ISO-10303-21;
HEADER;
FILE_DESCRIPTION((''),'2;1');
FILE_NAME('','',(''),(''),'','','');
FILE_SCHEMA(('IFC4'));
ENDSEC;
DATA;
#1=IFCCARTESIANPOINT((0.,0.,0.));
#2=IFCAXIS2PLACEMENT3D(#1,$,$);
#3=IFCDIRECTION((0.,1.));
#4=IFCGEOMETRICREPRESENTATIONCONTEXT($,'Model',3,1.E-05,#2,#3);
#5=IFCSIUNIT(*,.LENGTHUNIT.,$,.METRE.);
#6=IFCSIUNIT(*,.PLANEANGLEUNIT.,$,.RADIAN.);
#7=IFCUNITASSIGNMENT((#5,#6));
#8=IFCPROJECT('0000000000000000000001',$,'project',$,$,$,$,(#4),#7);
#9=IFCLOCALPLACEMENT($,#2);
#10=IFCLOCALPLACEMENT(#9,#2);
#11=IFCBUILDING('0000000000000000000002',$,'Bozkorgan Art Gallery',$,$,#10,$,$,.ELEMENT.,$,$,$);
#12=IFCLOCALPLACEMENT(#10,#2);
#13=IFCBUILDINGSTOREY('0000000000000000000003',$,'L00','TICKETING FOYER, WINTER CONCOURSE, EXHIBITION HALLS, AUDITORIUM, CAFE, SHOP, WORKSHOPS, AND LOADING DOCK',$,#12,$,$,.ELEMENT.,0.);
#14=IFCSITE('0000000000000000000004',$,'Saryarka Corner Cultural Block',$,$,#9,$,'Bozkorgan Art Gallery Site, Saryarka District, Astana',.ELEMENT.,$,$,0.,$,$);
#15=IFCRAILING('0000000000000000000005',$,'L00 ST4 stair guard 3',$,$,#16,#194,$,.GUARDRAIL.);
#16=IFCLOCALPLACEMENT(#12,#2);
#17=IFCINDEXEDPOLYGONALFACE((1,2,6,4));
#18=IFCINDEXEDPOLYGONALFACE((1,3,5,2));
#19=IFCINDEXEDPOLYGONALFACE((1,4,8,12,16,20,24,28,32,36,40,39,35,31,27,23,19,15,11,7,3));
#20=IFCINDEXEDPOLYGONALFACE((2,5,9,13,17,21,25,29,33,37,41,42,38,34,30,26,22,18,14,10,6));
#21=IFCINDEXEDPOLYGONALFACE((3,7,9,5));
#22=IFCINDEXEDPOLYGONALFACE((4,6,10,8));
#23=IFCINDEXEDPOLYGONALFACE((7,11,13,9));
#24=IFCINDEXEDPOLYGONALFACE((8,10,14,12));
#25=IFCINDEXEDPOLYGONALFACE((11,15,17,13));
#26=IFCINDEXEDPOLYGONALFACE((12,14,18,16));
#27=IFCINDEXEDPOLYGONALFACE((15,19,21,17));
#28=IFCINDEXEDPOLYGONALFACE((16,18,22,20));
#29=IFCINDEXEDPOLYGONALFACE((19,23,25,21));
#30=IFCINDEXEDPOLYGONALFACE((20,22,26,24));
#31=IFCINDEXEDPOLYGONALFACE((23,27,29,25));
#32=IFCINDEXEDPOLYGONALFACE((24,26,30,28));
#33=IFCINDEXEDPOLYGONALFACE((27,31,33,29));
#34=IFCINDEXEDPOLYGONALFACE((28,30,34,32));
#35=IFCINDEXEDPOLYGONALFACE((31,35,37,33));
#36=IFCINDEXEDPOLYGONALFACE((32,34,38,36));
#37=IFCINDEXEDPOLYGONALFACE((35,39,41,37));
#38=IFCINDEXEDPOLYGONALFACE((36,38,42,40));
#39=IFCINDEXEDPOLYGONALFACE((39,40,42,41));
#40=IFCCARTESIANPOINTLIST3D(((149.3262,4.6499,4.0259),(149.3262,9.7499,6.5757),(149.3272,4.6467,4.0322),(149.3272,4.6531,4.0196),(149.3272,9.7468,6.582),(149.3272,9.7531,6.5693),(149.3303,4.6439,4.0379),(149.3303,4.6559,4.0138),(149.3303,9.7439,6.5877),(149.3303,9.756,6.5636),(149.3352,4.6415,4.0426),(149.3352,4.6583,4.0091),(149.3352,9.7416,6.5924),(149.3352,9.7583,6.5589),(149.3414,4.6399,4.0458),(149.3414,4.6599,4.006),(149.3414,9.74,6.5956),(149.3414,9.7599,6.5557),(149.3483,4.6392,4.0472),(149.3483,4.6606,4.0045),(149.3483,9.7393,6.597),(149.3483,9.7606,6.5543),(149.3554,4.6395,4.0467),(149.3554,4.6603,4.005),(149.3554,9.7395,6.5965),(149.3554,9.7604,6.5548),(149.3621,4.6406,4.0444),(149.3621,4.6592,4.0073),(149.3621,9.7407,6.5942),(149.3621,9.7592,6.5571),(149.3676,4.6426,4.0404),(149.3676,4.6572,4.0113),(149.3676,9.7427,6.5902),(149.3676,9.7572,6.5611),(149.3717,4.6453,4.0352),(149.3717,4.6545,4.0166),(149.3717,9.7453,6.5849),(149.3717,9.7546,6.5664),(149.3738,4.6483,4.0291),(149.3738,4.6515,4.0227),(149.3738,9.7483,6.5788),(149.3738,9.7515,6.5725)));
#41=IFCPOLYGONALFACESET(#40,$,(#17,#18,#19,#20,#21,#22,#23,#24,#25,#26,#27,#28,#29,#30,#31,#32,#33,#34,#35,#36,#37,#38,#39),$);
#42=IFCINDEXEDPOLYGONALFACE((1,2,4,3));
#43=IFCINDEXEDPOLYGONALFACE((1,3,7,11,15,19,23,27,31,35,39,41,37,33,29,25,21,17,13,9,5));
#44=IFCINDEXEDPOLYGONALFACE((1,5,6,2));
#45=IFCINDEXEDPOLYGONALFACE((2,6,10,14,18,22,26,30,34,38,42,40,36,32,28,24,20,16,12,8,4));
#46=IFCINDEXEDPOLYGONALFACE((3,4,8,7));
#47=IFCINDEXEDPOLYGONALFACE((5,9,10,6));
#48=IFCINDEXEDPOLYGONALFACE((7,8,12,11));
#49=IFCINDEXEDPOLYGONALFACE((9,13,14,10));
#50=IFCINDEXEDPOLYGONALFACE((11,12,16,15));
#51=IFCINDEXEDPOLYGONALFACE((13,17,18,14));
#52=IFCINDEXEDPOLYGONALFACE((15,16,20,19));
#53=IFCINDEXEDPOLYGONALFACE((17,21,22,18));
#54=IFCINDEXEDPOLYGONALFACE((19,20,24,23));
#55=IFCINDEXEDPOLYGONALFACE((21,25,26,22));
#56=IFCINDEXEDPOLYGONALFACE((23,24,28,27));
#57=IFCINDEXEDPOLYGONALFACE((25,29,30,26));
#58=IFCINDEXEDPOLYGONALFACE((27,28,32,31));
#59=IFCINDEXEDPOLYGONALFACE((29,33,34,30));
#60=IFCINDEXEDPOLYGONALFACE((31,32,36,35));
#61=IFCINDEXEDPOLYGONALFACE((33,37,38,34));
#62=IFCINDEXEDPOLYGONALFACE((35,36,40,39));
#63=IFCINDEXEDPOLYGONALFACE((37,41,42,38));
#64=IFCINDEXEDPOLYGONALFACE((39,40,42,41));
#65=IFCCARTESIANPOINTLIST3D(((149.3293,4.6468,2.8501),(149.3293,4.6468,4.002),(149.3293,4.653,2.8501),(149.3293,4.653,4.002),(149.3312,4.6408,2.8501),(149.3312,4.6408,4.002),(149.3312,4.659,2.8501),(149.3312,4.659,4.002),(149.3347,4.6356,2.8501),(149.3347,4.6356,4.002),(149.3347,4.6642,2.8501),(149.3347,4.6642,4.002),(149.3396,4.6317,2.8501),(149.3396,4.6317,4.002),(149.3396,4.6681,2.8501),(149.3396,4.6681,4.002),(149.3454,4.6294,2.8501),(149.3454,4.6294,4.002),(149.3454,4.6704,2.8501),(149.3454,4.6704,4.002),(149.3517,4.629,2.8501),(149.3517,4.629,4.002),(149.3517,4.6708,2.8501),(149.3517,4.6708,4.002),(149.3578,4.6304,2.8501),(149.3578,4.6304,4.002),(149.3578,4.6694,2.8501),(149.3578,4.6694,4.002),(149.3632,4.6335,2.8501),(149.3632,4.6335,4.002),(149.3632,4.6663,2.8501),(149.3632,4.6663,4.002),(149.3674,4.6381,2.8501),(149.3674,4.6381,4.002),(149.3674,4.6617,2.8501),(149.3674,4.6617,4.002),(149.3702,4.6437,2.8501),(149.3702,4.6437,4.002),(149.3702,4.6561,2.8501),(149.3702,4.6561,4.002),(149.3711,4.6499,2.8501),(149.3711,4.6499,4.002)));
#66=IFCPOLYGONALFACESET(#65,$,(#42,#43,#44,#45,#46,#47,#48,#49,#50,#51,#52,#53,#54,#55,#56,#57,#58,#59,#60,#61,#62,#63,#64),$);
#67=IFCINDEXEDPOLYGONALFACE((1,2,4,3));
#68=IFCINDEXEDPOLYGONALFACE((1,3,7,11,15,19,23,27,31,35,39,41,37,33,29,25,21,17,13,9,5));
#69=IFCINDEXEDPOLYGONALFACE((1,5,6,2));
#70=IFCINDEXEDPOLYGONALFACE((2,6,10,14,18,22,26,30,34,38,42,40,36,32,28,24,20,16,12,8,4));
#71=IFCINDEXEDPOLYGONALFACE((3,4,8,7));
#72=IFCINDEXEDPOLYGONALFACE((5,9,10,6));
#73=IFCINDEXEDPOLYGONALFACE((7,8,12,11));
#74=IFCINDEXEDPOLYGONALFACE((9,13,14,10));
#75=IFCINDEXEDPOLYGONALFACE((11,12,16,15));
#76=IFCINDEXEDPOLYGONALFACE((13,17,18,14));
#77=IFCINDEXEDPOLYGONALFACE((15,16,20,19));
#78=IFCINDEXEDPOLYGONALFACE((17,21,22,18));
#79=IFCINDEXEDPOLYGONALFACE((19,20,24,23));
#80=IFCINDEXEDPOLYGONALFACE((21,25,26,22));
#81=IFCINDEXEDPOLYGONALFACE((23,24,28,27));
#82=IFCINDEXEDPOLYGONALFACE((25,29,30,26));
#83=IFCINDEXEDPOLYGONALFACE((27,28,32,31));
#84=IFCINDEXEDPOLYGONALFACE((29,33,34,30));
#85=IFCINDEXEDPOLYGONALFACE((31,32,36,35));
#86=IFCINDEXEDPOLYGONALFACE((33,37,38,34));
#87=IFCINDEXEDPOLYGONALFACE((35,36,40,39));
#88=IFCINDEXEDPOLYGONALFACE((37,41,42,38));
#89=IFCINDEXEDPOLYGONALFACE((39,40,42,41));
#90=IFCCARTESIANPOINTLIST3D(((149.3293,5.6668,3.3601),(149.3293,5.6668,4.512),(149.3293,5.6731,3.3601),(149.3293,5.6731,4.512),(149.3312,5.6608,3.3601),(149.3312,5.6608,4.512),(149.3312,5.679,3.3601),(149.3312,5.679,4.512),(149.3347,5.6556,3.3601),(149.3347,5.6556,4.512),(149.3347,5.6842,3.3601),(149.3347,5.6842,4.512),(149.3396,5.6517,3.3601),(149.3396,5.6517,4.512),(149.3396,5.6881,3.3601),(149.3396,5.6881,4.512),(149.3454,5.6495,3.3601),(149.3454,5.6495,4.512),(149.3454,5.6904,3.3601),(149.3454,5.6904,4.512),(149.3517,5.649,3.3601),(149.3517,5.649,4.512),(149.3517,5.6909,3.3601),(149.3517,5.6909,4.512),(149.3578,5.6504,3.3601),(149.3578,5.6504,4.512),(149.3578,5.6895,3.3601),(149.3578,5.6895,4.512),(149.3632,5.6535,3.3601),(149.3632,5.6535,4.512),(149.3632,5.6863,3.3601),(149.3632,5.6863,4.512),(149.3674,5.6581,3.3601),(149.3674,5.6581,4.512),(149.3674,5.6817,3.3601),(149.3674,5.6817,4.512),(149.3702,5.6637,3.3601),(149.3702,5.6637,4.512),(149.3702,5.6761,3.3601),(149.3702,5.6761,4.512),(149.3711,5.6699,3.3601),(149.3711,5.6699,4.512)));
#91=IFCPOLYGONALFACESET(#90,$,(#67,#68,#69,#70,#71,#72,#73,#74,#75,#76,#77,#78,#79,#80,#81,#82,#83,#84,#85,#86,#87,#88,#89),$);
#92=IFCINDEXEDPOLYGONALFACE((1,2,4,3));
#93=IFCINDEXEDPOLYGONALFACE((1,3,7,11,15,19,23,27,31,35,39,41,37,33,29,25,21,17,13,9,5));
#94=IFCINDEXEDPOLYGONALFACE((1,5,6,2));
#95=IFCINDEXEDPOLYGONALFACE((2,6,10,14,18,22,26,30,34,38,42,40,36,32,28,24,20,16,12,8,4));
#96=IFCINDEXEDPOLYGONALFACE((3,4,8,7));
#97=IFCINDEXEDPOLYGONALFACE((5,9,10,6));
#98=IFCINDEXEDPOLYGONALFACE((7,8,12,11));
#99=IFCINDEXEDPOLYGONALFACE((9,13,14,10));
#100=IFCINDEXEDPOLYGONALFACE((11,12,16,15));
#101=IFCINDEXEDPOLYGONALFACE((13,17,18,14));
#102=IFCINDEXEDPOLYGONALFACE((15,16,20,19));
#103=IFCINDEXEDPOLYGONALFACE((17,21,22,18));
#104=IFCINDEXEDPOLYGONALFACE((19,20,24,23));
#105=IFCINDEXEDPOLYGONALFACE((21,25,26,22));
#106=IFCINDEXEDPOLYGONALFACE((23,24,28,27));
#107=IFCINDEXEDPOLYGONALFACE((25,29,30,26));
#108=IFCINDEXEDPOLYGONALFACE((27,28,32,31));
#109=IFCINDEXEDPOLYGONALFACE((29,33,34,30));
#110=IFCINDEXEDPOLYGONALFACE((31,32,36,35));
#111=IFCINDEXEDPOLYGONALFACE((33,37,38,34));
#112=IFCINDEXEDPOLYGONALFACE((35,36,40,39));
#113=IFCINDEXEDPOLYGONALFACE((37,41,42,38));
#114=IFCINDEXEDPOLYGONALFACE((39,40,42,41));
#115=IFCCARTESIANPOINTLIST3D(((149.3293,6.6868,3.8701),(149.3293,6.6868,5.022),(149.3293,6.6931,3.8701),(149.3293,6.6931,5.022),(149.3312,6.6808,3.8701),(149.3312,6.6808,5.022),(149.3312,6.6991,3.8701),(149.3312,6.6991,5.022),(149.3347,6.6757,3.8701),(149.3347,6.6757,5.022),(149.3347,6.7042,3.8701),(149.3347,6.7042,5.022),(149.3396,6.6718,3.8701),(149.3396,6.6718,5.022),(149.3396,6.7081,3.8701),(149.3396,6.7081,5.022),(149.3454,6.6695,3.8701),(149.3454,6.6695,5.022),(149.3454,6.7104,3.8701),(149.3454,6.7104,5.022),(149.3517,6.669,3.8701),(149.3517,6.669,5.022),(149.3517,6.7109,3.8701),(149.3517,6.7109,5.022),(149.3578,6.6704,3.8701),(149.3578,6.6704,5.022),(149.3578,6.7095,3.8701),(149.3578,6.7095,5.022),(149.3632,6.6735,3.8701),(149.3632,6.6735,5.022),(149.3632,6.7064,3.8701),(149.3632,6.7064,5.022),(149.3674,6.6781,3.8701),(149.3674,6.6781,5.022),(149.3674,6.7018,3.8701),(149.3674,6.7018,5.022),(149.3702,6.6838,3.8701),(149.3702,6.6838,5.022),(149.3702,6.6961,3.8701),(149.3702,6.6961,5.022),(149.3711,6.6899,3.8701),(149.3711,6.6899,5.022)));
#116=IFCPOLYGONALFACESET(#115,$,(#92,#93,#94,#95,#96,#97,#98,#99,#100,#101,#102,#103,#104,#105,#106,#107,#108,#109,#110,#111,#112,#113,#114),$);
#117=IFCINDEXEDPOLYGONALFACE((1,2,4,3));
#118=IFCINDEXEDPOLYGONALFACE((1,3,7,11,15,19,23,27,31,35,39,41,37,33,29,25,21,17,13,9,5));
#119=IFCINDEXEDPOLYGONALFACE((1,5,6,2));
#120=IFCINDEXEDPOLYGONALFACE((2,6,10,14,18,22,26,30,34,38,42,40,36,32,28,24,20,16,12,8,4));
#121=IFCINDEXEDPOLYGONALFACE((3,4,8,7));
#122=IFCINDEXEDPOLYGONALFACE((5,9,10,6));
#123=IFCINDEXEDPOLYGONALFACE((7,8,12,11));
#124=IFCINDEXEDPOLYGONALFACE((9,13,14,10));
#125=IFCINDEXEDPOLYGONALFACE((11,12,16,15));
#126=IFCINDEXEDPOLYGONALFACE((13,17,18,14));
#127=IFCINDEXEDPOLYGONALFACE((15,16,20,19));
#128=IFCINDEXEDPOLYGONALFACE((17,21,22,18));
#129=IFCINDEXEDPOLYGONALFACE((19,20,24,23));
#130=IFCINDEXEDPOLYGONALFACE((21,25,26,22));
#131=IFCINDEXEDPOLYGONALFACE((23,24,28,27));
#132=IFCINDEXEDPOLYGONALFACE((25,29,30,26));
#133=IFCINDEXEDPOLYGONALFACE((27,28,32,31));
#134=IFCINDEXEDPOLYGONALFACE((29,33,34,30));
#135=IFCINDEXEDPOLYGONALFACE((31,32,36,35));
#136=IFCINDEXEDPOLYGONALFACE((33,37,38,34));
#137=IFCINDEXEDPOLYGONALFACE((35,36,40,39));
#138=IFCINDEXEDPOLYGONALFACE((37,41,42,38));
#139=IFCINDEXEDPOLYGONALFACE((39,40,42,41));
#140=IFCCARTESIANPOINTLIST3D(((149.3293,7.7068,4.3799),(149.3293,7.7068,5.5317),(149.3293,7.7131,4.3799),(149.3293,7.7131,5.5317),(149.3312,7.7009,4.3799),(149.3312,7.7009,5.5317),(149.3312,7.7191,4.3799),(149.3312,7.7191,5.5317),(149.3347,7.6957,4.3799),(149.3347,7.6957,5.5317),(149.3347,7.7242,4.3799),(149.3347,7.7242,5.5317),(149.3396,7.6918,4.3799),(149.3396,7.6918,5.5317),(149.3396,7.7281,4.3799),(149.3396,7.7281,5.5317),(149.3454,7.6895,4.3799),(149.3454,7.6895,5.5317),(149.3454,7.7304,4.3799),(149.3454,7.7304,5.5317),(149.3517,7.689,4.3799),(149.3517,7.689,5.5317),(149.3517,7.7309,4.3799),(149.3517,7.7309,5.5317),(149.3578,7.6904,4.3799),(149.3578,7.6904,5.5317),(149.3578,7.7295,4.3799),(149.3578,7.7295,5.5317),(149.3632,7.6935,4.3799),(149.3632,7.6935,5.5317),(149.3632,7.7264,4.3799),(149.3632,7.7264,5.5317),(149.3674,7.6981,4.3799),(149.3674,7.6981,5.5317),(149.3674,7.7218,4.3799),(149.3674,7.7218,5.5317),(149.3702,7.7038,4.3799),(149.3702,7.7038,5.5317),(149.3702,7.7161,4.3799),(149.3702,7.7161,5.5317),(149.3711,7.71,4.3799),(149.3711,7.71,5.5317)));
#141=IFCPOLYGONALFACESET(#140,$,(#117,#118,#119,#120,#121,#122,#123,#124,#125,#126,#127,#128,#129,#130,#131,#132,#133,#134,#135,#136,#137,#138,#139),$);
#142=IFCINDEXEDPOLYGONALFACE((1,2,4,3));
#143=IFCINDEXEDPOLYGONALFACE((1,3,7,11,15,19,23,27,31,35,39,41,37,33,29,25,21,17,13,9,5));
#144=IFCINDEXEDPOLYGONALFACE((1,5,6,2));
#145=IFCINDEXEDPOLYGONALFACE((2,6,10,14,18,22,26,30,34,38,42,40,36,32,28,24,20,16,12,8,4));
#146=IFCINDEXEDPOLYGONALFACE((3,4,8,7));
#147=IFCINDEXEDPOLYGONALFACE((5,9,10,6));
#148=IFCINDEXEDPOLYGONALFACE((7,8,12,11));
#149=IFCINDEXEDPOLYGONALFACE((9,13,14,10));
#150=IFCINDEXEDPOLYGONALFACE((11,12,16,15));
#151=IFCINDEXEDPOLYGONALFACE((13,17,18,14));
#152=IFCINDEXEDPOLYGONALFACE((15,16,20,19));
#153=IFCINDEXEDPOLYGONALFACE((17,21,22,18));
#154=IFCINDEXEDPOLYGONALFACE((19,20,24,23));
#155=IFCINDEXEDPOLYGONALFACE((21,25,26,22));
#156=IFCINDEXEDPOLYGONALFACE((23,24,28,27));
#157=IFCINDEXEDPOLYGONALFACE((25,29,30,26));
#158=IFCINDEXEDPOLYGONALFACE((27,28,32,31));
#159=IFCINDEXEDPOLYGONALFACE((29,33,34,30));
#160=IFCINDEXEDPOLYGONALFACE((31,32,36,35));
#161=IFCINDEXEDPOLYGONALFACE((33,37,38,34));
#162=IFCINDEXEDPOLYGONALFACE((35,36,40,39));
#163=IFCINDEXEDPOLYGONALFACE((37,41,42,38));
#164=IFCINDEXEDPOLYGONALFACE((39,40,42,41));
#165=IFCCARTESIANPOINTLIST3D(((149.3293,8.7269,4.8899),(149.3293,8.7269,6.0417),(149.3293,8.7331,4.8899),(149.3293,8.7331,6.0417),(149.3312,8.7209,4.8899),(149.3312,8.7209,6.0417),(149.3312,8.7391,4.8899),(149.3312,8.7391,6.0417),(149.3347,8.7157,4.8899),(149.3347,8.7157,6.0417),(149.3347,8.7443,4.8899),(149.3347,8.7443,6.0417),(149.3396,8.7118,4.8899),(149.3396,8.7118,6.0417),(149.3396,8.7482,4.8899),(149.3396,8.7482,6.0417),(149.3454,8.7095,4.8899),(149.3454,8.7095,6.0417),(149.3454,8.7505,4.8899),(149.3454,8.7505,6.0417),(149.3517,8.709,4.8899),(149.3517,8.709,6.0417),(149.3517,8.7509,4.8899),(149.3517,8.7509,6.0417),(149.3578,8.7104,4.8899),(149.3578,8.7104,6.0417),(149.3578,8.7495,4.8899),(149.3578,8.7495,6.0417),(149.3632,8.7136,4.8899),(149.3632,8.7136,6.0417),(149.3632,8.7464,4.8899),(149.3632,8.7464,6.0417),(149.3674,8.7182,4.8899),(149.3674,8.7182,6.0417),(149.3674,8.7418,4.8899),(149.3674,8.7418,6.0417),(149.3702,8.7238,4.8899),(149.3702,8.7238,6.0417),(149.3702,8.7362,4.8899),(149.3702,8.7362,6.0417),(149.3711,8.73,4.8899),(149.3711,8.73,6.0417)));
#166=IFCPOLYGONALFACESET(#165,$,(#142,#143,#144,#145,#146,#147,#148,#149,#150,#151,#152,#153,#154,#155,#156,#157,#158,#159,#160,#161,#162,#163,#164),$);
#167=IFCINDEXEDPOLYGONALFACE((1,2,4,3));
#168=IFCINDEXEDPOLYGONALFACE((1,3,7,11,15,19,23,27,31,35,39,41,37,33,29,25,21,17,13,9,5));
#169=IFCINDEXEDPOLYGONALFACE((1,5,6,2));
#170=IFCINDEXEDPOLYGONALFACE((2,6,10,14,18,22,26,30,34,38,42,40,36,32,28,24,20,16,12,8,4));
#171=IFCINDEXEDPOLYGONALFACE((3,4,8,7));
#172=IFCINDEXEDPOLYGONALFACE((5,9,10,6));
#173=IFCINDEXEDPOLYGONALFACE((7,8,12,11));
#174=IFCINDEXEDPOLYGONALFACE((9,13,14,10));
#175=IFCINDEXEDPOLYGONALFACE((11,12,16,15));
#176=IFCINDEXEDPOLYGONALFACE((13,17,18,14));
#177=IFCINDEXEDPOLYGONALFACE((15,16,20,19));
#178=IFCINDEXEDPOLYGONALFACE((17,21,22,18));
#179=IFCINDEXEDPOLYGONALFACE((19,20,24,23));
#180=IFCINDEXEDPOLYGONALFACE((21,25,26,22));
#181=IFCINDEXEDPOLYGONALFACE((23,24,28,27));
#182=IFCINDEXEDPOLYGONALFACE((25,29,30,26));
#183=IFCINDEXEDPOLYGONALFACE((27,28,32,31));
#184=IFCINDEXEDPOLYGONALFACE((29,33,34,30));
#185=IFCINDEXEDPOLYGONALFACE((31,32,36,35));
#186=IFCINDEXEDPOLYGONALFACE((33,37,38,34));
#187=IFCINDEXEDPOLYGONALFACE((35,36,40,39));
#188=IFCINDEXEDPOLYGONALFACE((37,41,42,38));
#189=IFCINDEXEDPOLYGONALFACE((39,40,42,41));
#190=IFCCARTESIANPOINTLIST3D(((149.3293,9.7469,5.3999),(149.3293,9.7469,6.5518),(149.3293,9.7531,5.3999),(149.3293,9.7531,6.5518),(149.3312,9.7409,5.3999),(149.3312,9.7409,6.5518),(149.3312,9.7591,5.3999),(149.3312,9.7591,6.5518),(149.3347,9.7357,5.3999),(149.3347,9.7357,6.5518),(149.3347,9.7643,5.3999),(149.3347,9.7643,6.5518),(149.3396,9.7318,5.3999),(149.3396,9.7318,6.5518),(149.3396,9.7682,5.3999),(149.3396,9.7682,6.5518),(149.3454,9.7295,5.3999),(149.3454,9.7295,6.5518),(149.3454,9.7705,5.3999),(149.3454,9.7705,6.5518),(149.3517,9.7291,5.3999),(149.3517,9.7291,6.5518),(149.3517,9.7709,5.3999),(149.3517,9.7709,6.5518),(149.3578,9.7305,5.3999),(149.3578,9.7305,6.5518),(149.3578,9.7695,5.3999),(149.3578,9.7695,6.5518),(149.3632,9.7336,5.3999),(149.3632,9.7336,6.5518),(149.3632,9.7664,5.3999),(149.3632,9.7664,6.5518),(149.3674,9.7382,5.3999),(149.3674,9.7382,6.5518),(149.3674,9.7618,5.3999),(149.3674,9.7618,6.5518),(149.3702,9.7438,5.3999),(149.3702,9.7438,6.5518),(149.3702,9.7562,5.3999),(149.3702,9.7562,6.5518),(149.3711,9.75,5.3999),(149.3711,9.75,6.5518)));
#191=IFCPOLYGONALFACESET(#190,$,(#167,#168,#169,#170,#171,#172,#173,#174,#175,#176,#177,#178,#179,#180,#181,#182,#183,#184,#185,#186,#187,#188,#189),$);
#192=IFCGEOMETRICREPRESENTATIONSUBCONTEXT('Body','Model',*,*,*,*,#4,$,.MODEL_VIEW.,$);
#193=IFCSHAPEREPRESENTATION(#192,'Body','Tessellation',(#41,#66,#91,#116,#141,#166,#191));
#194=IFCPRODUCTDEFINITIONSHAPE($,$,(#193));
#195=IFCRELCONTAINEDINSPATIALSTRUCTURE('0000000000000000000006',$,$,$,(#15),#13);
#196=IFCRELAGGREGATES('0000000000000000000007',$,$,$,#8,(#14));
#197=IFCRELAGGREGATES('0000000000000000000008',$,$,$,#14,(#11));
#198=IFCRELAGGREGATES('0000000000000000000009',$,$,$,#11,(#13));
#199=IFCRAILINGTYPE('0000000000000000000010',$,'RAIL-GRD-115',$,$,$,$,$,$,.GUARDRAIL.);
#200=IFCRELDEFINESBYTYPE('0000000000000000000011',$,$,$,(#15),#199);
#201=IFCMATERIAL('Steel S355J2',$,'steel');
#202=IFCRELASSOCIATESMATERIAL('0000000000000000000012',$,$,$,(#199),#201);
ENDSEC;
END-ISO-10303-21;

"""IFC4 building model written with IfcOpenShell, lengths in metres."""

from ifc_helpers import new_model, si_unit, direction, frame, origin, origin_2d, place, context, subcontext, project, spatial, circle, extrude, material, type_object, element, save


model = new_model("IFC4")

# Units and contexts
model_context = context("Model", 3, precision=1e-05, world=origin(), true_north=direction((0.0, 1.0)))
body_context = subcontext(model_context, "Body", "Model", "MODEL_VIEW")
ifc_project = project(units=[si_unit("LENGTHUNIT", "METRE"), si_unit("PLANEANGLEUNIT", "RADIAN")], contexts=[model_context])

# Site, building, storey
site_placement = place(None, origin())
site = spatial("IfcSite", under=ifc_project, at=site_placement, Name="Saryarka Corner Cultural Block", LongName="Bozkorgan Art Gallery Site, Saryarka District, Astana", CompositionType="ELEMENT", RefElevation=0.0)
building_placement = place(site_placement, origin())
building = spatial("IfcBuilding", under=site, at=building_placement, Name="Bozkorgan Art Gallery", CompositionType="ELEMENT")
storey_placement = place(building_placement, origin())
storey = spatial("IfcBuildingStorey", under=building, at=storey_placement, Name="L00", Description="TICKETING FOYER, WINTER CONCOURSE, EXHIBITION HALLS, AUDITORIUM, CAFE, SHOP, WORKSHOPS, AND LOADING DOCK", CompositionType="ELEMENT", Elevation=0.0)

# Shared definitions
ifc_material_1 = material(Name="Steel S355J2", Category="steel")

# Railing
railing_type_1 = type_object("IfcRailingType", Name="RAIL-GRD-115", PredefinedType="GUARDRAIL", material=ifc_material_1)
railing_1_placement = place(storey_placement, frame((149.3501, 4.6499, 2.8501)))
element("IfcRailing", 1, at=railing_1_placement, inside=storey, type_object=railing_type_1, Name="L00 ST4 stair guard 3", PredefinedType="GUARDRAIL", context=body_context, shape_type="SweptSolid", body=[
    extrude(circle(Radius=0.0239, at=origin_2d()), frame((0.0, 0.0, 1.1758), z_axis=(0.0, 0.894444, 0.447179), x_axis=(-1.0, 0.0, 0.0)), (0.0, 0.0, 1.0), 5.7019),
    extrude(circle(Radius=0.021, at=origin_2d()), origin(), (0.0, 0.0, 1.0), 1.1519),
    extrude(circle(Radius=0.021, at=origin_2d()), frame((0.0, 1.02, 0.51)), (0.0, 0.0, 1.0), 1.1519),
    extrude(circle(Radius=0.021, at=origin_2d()), frame((0.0, 2.04, 1.02)), (0.0, 0.0, 1.0), 1.1519),
    extrude(circle(Radius=0.021, at=origin_2d()), frame((0.0, 3.0601, 1.5298)), (0.0, 0.0, 1.0), 1.1519),
    extrude(circle(Radius=0.021, at=origin_2d()), frame((0.0, 4.0801, 2.0398)), (0.0, 0.0, 1.0), 1.1519),
    extrude(circle(Radius=0.021, at=origin_2d()), frame((0.0, 5.1001, 2.5498)), (0.0, 0.0, 1.0), 1.1519),
])

save(model, "model.ifc")
